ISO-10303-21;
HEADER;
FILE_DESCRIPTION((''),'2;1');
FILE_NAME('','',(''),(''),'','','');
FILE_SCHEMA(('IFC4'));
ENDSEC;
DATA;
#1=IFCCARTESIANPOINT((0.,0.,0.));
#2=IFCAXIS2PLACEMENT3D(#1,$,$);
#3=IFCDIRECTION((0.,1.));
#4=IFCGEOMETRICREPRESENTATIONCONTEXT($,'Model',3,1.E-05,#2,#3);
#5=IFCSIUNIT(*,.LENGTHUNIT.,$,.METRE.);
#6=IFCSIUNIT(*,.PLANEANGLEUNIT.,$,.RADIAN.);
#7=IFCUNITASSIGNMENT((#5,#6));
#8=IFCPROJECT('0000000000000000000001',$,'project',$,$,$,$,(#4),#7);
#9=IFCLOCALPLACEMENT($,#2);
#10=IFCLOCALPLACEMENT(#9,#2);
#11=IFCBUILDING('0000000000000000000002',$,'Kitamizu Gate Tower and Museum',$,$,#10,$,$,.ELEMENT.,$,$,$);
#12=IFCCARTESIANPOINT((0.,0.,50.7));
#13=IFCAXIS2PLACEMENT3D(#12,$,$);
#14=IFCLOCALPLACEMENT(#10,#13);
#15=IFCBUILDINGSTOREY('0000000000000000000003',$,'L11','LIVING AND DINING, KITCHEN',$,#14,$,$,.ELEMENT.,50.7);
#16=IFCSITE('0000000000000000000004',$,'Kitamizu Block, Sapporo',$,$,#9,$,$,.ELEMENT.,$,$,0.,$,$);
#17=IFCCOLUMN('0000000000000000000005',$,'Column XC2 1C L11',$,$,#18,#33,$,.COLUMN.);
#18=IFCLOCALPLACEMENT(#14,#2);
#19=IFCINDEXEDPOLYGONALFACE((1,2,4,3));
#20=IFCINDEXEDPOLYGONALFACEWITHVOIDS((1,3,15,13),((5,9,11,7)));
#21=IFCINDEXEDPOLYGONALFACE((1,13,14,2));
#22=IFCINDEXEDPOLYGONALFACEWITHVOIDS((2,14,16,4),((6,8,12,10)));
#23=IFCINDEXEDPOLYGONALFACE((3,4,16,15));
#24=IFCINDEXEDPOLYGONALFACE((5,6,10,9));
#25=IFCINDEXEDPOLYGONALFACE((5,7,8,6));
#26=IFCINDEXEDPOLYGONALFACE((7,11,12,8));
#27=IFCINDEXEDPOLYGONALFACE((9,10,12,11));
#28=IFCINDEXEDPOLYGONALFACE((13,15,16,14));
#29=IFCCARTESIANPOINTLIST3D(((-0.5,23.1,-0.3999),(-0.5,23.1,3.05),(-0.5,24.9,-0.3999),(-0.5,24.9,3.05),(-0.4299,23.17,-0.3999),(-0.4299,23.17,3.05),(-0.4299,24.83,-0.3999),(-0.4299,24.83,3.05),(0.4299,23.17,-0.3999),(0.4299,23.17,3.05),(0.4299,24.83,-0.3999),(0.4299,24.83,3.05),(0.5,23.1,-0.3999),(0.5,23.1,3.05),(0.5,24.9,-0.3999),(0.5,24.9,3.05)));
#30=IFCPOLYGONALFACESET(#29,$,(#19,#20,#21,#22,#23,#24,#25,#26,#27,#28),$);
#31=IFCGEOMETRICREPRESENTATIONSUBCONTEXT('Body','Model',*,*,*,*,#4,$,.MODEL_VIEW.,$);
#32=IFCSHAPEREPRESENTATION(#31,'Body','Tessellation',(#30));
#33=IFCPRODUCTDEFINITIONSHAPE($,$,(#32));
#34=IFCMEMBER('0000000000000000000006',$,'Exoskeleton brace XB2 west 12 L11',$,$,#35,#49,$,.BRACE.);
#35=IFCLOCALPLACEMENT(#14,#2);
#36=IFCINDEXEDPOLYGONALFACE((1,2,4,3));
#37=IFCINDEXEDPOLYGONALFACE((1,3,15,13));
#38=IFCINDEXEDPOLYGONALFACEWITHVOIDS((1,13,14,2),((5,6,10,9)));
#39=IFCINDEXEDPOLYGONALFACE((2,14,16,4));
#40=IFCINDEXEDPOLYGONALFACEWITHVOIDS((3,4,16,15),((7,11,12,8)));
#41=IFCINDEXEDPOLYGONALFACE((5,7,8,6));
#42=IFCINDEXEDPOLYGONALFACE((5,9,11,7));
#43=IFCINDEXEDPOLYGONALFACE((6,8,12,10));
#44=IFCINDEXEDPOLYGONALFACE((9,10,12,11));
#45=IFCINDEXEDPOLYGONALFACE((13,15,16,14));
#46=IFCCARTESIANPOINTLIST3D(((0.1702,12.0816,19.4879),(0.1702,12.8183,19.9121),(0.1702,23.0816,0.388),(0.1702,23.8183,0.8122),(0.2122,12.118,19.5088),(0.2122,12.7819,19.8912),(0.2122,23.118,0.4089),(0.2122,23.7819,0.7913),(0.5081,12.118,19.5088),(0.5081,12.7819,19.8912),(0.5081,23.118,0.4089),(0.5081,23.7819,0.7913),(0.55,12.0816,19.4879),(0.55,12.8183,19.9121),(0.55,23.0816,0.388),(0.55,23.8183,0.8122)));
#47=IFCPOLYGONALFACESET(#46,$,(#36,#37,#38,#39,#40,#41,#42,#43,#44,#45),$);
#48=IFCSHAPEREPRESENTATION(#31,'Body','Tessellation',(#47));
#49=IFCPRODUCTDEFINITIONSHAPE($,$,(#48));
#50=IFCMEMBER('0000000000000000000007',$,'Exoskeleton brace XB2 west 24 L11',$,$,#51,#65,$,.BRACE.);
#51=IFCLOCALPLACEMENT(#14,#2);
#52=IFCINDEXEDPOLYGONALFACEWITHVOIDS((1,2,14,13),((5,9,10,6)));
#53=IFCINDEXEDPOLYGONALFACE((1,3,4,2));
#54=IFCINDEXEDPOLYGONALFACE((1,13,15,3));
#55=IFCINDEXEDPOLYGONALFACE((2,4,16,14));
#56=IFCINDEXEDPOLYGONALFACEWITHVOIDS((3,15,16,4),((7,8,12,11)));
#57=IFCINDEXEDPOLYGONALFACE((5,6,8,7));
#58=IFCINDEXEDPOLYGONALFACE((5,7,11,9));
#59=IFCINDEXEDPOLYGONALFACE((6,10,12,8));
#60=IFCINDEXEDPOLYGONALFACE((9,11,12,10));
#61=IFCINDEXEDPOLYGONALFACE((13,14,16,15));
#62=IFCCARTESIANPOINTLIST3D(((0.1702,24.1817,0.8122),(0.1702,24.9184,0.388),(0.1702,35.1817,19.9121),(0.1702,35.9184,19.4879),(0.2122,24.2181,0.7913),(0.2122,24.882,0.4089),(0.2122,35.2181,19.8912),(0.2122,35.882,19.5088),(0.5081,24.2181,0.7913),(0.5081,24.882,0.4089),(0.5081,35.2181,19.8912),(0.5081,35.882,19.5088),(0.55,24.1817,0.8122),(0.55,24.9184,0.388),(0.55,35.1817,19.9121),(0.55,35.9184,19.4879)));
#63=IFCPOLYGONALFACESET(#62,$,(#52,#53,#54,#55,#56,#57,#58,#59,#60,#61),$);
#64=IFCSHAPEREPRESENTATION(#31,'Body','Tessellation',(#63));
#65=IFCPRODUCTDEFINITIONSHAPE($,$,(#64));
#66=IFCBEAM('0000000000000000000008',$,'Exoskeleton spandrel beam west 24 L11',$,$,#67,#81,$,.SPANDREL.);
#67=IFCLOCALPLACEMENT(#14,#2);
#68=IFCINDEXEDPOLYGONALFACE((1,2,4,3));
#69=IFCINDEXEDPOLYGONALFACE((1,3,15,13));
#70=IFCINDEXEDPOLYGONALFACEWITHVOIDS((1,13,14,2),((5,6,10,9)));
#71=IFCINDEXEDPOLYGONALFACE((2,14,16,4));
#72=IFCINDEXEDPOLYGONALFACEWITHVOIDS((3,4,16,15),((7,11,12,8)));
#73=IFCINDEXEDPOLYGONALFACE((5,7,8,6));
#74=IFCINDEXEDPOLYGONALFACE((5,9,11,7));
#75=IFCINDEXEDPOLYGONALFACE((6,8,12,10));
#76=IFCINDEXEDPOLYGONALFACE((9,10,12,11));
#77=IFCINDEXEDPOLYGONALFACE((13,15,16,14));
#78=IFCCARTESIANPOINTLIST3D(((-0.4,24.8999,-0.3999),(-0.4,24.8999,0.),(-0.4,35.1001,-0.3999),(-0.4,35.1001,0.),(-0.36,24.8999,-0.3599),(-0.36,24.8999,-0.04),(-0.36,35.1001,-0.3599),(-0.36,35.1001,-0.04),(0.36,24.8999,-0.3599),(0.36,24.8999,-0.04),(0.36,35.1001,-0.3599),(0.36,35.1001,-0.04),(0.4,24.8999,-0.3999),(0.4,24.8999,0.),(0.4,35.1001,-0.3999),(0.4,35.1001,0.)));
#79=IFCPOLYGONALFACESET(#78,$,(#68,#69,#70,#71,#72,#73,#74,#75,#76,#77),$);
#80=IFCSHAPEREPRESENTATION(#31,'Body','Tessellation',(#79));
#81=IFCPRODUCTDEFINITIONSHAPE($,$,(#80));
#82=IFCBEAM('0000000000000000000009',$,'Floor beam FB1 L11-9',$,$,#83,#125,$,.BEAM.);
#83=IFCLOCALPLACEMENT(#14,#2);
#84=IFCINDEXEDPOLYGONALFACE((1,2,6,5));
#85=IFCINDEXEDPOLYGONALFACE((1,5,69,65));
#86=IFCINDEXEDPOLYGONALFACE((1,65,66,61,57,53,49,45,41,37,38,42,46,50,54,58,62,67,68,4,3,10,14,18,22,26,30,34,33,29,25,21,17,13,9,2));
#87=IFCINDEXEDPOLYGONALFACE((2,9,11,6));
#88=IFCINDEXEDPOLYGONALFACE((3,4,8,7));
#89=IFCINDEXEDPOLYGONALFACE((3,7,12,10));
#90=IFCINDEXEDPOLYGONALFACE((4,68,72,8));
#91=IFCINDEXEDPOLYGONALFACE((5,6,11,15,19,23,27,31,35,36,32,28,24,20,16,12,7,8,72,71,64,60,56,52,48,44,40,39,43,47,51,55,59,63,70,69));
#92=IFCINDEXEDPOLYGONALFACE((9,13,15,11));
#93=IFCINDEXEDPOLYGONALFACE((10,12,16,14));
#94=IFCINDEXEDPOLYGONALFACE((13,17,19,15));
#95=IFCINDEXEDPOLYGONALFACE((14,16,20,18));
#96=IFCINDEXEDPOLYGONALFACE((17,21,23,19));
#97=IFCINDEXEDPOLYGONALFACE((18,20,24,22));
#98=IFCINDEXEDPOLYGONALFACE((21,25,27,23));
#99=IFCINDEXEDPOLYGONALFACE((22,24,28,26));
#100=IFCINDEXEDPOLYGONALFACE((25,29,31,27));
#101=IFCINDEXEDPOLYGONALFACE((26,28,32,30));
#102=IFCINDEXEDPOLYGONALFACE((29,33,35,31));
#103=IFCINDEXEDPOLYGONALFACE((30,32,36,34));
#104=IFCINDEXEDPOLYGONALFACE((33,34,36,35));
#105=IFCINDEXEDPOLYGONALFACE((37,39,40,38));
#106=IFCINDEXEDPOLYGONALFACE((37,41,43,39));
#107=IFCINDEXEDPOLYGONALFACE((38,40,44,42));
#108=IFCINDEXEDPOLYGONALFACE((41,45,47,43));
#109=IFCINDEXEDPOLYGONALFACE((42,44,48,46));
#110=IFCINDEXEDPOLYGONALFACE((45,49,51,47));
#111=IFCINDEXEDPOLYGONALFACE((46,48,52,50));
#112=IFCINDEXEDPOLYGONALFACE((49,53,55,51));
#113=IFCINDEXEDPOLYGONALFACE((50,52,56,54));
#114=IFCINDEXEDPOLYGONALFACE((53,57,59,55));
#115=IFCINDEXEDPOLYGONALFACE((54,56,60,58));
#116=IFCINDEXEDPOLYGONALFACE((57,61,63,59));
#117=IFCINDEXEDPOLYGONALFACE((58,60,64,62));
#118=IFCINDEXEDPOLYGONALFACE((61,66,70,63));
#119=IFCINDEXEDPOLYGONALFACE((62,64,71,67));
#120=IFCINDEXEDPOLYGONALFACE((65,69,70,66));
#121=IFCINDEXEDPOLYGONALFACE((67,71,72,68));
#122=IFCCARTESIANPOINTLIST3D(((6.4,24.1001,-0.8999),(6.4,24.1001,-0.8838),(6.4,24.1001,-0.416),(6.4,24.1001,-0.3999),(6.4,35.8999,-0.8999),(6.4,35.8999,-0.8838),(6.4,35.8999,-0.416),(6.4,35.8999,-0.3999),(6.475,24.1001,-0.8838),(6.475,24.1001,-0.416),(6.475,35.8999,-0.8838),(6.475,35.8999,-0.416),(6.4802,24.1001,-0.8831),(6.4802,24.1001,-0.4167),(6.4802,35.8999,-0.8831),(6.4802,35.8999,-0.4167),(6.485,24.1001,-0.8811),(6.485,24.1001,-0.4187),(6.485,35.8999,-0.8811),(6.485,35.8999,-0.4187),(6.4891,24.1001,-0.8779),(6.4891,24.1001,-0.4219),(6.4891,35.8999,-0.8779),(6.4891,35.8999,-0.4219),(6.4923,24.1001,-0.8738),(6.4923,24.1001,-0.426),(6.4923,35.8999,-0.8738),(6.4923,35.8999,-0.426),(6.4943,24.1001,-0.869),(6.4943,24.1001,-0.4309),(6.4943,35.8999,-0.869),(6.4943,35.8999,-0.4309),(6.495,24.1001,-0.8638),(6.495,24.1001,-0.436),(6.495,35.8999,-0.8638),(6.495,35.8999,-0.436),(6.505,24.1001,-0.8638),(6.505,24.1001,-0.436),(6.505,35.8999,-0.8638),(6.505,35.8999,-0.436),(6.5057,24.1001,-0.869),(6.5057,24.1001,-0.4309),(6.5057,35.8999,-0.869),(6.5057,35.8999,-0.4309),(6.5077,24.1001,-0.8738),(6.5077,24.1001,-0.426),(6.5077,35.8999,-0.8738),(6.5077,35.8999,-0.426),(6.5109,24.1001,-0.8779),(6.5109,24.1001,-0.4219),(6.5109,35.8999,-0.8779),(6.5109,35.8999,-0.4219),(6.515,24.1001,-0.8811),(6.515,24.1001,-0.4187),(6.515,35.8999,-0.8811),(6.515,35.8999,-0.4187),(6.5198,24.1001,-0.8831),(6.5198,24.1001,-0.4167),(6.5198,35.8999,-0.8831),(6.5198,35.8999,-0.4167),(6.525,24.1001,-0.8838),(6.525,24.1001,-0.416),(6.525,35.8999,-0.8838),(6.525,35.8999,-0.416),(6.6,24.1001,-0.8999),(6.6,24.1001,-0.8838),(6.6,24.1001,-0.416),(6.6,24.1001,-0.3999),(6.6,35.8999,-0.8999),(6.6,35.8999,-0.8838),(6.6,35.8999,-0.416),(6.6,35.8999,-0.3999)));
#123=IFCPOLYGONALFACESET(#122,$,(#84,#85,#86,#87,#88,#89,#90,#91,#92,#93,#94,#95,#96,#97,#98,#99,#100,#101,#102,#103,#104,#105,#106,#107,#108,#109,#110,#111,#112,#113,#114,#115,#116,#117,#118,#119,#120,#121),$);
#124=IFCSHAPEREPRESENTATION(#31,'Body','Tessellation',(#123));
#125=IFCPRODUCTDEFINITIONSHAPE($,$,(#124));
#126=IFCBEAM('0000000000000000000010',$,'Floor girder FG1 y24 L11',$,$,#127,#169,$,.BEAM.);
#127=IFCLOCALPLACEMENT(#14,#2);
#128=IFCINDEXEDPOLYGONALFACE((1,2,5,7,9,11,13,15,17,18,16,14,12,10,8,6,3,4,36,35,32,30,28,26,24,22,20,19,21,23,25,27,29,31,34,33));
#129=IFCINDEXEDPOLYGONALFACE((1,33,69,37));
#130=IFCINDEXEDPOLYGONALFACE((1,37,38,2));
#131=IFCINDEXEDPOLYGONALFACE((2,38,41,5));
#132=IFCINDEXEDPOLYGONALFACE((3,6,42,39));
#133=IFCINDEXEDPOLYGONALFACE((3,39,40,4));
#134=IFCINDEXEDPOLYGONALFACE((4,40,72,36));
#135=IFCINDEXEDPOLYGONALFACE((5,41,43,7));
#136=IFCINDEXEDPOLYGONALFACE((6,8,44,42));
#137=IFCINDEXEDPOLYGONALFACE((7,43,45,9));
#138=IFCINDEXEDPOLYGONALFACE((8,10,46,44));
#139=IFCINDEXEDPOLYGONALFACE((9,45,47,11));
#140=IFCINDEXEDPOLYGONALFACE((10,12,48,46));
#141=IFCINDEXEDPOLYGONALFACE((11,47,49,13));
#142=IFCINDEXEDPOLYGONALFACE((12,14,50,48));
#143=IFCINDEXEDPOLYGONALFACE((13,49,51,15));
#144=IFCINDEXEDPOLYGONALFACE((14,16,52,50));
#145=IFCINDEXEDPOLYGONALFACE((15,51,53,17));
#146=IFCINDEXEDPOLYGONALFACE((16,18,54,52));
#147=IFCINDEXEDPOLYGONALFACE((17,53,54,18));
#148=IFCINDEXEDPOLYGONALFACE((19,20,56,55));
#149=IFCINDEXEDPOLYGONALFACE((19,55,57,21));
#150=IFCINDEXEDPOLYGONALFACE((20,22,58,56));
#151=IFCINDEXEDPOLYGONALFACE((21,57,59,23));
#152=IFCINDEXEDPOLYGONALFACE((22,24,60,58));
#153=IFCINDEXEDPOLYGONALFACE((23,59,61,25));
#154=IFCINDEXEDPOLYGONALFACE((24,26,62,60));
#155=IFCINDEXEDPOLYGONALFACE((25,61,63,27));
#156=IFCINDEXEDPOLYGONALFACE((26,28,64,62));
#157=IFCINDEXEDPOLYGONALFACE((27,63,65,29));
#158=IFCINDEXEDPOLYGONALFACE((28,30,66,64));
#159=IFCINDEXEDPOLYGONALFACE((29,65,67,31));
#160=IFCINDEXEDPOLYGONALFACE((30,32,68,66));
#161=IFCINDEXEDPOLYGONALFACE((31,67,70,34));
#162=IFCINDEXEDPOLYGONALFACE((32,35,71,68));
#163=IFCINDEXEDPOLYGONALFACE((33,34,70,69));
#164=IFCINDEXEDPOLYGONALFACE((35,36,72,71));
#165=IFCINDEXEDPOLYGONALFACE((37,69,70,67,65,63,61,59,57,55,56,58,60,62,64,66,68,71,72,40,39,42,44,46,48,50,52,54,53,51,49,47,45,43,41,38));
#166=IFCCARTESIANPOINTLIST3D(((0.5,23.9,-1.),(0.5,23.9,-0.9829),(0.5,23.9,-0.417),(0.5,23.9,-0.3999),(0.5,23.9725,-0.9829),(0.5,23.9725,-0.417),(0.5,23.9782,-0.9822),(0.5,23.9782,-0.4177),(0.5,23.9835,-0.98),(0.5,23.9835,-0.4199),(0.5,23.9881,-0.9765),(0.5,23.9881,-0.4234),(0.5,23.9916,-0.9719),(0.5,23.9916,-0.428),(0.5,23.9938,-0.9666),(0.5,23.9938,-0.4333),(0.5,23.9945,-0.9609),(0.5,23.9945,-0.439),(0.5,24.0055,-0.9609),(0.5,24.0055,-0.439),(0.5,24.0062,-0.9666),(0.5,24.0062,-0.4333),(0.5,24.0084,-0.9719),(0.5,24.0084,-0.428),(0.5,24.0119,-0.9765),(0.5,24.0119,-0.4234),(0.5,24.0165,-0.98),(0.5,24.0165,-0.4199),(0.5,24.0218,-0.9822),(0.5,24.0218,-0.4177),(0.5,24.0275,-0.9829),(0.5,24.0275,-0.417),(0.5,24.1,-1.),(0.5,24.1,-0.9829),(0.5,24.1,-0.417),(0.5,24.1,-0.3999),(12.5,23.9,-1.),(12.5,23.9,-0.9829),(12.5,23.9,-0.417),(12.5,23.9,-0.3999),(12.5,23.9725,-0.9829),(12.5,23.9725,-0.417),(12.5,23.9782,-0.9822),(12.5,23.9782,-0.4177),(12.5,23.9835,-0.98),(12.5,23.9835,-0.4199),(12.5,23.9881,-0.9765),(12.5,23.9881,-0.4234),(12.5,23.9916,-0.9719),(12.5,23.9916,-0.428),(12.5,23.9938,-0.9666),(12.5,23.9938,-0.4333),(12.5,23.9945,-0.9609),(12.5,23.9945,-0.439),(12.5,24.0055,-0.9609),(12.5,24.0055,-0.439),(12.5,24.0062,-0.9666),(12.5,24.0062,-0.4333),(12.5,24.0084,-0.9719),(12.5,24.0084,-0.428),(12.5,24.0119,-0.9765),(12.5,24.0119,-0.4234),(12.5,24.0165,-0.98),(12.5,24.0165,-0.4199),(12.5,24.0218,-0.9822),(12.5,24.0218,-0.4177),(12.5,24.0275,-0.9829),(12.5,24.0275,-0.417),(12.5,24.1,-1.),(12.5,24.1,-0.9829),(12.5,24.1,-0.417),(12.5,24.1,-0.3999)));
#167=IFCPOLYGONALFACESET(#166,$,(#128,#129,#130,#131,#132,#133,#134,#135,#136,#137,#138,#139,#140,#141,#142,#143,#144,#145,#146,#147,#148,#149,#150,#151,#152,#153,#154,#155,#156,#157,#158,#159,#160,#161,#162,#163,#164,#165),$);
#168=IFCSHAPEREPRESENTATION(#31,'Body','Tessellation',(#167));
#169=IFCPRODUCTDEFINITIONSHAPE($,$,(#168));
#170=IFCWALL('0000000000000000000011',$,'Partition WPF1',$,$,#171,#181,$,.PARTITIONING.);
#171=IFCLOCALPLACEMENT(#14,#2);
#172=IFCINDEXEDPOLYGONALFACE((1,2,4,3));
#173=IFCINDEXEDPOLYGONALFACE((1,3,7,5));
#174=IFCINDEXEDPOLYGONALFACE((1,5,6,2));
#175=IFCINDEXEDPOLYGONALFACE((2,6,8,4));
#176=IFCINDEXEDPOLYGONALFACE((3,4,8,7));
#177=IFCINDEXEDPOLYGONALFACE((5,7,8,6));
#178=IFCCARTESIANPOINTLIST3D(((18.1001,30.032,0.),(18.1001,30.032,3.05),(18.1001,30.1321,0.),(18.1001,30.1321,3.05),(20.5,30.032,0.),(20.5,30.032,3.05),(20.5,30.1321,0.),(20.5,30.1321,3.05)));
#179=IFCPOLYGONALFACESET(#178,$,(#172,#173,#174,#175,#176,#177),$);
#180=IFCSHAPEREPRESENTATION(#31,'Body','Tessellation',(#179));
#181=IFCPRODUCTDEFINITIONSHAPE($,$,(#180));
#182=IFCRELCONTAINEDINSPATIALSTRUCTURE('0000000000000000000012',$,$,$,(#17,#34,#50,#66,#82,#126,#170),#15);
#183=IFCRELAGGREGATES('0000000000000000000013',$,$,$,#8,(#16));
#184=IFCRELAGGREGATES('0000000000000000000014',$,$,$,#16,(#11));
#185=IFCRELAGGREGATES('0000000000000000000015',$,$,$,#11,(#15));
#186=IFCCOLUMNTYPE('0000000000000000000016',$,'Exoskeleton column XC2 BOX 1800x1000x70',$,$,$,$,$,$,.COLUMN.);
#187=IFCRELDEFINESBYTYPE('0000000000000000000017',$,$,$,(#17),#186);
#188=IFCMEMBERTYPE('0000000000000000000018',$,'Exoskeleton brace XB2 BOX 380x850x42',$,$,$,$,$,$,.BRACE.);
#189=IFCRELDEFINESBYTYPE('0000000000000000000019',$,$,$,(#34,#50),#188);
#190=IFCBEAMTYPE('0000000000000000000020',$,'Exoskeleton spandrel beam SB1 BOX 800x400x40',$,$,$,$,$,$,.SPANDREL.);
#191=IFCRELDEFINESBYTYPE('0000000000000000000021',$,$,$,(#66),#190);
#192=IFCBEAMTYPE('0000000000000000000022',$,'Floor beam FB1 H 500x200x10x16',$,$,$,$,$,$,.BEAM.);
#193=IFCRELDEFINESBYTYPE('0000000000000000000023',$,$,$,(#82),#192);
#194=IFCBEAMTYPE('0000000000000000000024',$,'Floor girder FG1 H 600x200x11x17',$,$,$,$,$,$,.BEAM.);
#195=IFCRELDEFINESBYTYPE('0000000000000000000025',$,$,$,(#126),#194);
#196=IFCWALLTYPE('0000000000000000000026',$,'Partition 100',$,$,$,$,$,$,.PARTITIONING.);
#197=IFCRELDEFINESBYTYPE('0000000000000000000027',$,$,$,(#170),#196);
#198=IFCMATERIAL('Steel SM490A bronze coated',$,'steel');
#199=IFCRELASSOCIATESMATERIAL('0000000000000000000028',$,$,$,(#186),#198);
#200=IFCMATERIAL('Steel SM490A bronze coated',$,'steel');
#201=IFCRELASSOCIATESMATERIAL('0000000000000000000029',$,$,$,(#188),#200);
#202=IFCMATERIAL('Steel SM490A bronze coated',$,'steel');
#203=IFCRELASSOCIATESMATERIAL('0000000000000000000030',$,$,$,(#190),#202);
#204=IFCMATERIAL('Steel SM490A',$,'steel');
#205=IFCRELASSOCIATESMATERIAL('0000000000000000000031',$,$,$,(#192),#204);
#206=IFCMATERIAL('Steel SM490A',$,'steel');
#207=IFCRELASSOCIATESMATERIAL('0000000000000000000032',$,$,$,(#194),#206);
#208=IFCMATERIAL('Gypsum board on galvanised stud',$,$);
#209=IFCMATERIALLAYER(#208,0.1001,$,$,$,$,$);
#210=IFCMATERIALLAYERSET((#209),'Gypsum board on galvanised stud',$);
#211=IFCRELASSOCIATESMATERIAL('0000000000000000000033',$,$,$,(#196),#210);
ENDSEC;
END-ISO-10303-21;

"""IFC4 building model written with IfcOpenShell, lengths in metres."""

from ifc_helpers import new_model, si_unit, direction, frame, frame_2d, origin, origin_2d, place, context, subcontext, project, spatial, rectangle, hollow_rectangle, i_section, extrude, material, layer, layer_set, material_profile, profile_set, type_object, element, save


model = new_model("IFC4")

# Units and contexts
model_context = context("Model", 3, precision=1e-05, world=origin(), true_north=direction((0.0, 1.0)))
body_context = subcontext(model_context, "Body", "Model", "MODEL_VIEW")
ifc_project = project(units=[si_unit("LENGTHUNIT", "METRE"), si_unit("PLANEANGLEUNIT", "RADIAN")], contexts=[model_context])

# Site, building, storey
site_placement = place(None, origin())
site = spatial("IfcSite", under=ifc_project, at=site_placement, Name="Kitamizu Block, Sapporo", CompositionType="ELEMENT", RefElevation=0.0)
building_placement = place(site_placement, origin())
building = spatial("IfcBuilding", under=site, at=building_placement, Name="Kitamizu Gate Tower and Museum", CompositionType="ELEMENT")
storey_placement = place(building_placement, frame((0.0, 0.0, 50.7)))
storey = spatial("IfcBuildingStorey", under=building, at=storey_placement, Name="L11", Description="LIVING AND DINING, KITCHEN", CompositionType="ELEMENT", Elevation=50.7)

# Column
ifc_material_1 = material(Name="Steel SM490A bronze coated", Category="steel")
ifc_material_profile_1 = material_profile(ifc_material_1, hollow_rectangle(XDim=1.8, YDim=1.0, WallThickness=0.0701, at=origin_2d()), Name="BOX 1800x1000x70")
ifc_profile_set_1 = profile_set([ifc_material_profile_1], Name="Steel SM490A bronze coated")
column_type = type_object("IfcColumnType", Name="Exoskeleton column XC2 BOX 1800x1000x70", PredefinedType="COLUMN", material=ifc_profile_set_1)
column_placement = place(storey_placement, frame((0.0, 24.0, -0.3999), z_axis=(0.0, 0.0, 1.0), x_axis=(0.0, 1.0, 0.0)))
element("IfcColumn", 1, at=column_placement, inside=storey, type_object=column_type, Name="Column XC2 1C L11", PredefinedType="COLUMN", context=body_context, shape_type="SweptSolid", body=[
    extrude(hollow_rectangle(XDim=1.8, YDim=1.0, WallThickness=0.0701, at=origin_2d()), origin(), (0.0, 0.0, 1.0), 3.45),
])

# Members
ifc_material_2 = material(Name="Steel SM490A bronze coated", Category="steel")
ifc_material_profile_2 = material_profile(ifc_material_2, hollow_rectangle(XDim=0.3799, YDim=0.8501, WallThickness=0.042, at=origin_2d()), Name="BOX 380x850x42")
ifc_profile_set_2 = profile_set([ifc_material_profile_2], Name="Steel SM490A bronze coated")
member_type = type_object("IfcMemberType", Name="Exoskeleton brace XB2 BOX 380x850x42", PredefinedType="BRACE", material=ifc_profile_set_2)
for number, where, z_axis, x_axis, name in (
    (2, (0.3601, 23.45, 0.6001), (0.0, -0.499071, 0.866561), (1.0, 0.0, 0.0), "Exoskeleton brace XB2 west 12 L11"),
    (3, (0.3601, 24.55, 0.6001), (0.0, 0.499071, 0.866561), (-1.0, 0.0, 0.0), "Exoskeleton brace XB2 west 24 L11"),
):
    element("IfcMember", number, at=place(storey_placement, frame(where, z_axis=z_axis, x_axis=x_axis)), inside=storey, type_object=member_type, Name=name, PredefinedType="BRACE", context=body_context, shape_type="SweptSolid", body=[
        extrude(hollow_rectangle(XDim=0.3799, YDim=0.8501, WallThickness=0.042, at=origin_2d()), origin(), (0.0, 0.0, 1.0), 22.041),
    ])

# Beams
ifc_material_3 = material(Name="Steel SM490A bronze coated", Category="steel")
ifc_material_profile_3 = material_profile(ifc_material_3, hollow_rectangle(XDim=0.8, YDim=0.3999, WallThickness=0.04, at=origin_2d()), Name="BOX 800x400x40")
ifc_profile_set_3 = profile_set([ifc_material_profile_3], Name="Steel SM490A bronze coated")
beam_type_1 = type_object("IfcBeamType", Name="Exoskeleton spandrel beam SB1 BOX 800x400x40", PredefinedType="SPANDREL", material=ifc_profile_set_3)
beam_1_placement = place(storey_placement, frame((0.0, 24.8999, -0.2), z_axis=(0.0, 1.0, 0.0), x_axis=(-1.0, 0.0, 0.0)))
element("IfcBeam", 4, at=beam_1_placement, inside=storey, type_object=beam_type_1, Name="Exoskeleton spandrel beam west 24 L11", PredefinedType="SPANDREL", context=body_context, shape_type="SweptSolid", body=[
    extrude(hollow_rectangle(XDim=0.8, YDim=0.3999, WallThickness=0.04, at=origin_2d()), origin(), (0.0, 0.0, 1.0), 10.2002),
])
ifc_material_4 = material(Name="Steel SM490A", Category="steel")
ifc_material_profile_4 = material_profile(ifc_material_4, i_section(OverallWidth=0.2, OverallDepth=0.5, WebThickness=0.01, FlangeThickness=0.0161, FilletRadius=0.02, at=origin_2d()), Name="H-500x200x10x16")
ifc_profile_set_4 = profile_set([ifc_material_profile_4], Name="Steel SM490A")
beam_type_2 = type_object("IfcBeamType", Name="Floor beam FB1 H 500x200x10x16", PredefinedType="BEAM", material=ifc_profile_set_4)
beam_2_placement = place(storey_placement, frame((6.5, 24.1001, -0.6499), z_axis=(0.0, 1.0, 0.0), x_axis=(-1.0, 0.0, 0.0)))
element("IfcBeam", 5, at=beam_2_placement, inside=storey, type_object=beam_type_2, Name="Floor beam FB1 L11-9", PredefinedType="BEAM", context=body_context, shape_type="SweptSolid", body=[
    extrude(i_section(OverallWidth=0.2, OverallDepth=0.5, WebThickness=0.01, FlangeThickness=0.0161, FilletRadius=0.02, at=origin_2d()), origin(), (0.0, 0.0, 1.0), 11.7998),
])
ifc_material_5 = material(Name="Steel SM490A", Category="steel")
ifc_material_profile_5 = material_profile(ifc_material_5, i_section(OverallWidth=0.2, OverallDepth=0.6001, WebThickness=0.011, FlangeThickness=0.0171, FilletRadius=0.022, at=origin_2d()), Name="H-600x200x11x17")
ifc_profile_set_5 = profile_set([ifc_material_profile_5], Name="Steel SM490A")
beam_type_3 = type_object("IfcBeamType", Name="Floor girder FG1 H 600x200x11x17", PredefinedType="BEAM", material=ifc_profile_set_5)
beam_3_placement = place(storey_placement, frame((0.5, 24.0, -0.7), z_axis=(1.0, 0.0, 0.0), x_axis=(0.0, 1.0, 0.0)))
element("IfcBeam", 6, at=beam_3_placement, inside=storey, type_object=beam_type_3, Name="Floor girder FG1 y24 L11", PredefinedType="BEAM", context=body_context, shape_type="SweptSolid", body=[
    extrude(i_section(OverallWidth=0.2, OverallDepth=0.6001, WebThickness=0.011, FlangeThickness=0.0171, FilletRadius=0.022, at=origin_2d()), origin(), (0.0, 0.0, 1.0), 12.0),
])

# Wall
ifc_material_6 = material(Name="Gypsum board on galvanised stud")
ifc_layer_1 = layer(ifc_material_6, 0.1001)
ifc_layer_set_1 = layer_set([ifc_layer_1], Name="Gypsum board on galvanised stud")
wall_type_1 = type_object("IfcWallType", Name="Partition 100", PredefinedType="PARTITIONING", material=ifc_layer_set_1)
wall_1_placement = place(storey_placement, frame((18.1001, 30.082, 0.0), z_axis=(0.0, 0.0, 1.0), x_axis=(1.0, 0.0, 0.0)))
element("IfcWall", 7, at=wall_1_placement, inside=storey, type_object=wall_type_1, Name="Partition WPF1", PredefinedType="PARTITIONING", context=body_context, shape_type="SweptSolid", body=[
    extrude(rectangle(XDim=2.3999, YDim=0.1001, at=frame_2d((1.2, 0.0))), origin(), (0.0, 0.0, 1.0), 3.05),
])

save(model, "model.ifc")
